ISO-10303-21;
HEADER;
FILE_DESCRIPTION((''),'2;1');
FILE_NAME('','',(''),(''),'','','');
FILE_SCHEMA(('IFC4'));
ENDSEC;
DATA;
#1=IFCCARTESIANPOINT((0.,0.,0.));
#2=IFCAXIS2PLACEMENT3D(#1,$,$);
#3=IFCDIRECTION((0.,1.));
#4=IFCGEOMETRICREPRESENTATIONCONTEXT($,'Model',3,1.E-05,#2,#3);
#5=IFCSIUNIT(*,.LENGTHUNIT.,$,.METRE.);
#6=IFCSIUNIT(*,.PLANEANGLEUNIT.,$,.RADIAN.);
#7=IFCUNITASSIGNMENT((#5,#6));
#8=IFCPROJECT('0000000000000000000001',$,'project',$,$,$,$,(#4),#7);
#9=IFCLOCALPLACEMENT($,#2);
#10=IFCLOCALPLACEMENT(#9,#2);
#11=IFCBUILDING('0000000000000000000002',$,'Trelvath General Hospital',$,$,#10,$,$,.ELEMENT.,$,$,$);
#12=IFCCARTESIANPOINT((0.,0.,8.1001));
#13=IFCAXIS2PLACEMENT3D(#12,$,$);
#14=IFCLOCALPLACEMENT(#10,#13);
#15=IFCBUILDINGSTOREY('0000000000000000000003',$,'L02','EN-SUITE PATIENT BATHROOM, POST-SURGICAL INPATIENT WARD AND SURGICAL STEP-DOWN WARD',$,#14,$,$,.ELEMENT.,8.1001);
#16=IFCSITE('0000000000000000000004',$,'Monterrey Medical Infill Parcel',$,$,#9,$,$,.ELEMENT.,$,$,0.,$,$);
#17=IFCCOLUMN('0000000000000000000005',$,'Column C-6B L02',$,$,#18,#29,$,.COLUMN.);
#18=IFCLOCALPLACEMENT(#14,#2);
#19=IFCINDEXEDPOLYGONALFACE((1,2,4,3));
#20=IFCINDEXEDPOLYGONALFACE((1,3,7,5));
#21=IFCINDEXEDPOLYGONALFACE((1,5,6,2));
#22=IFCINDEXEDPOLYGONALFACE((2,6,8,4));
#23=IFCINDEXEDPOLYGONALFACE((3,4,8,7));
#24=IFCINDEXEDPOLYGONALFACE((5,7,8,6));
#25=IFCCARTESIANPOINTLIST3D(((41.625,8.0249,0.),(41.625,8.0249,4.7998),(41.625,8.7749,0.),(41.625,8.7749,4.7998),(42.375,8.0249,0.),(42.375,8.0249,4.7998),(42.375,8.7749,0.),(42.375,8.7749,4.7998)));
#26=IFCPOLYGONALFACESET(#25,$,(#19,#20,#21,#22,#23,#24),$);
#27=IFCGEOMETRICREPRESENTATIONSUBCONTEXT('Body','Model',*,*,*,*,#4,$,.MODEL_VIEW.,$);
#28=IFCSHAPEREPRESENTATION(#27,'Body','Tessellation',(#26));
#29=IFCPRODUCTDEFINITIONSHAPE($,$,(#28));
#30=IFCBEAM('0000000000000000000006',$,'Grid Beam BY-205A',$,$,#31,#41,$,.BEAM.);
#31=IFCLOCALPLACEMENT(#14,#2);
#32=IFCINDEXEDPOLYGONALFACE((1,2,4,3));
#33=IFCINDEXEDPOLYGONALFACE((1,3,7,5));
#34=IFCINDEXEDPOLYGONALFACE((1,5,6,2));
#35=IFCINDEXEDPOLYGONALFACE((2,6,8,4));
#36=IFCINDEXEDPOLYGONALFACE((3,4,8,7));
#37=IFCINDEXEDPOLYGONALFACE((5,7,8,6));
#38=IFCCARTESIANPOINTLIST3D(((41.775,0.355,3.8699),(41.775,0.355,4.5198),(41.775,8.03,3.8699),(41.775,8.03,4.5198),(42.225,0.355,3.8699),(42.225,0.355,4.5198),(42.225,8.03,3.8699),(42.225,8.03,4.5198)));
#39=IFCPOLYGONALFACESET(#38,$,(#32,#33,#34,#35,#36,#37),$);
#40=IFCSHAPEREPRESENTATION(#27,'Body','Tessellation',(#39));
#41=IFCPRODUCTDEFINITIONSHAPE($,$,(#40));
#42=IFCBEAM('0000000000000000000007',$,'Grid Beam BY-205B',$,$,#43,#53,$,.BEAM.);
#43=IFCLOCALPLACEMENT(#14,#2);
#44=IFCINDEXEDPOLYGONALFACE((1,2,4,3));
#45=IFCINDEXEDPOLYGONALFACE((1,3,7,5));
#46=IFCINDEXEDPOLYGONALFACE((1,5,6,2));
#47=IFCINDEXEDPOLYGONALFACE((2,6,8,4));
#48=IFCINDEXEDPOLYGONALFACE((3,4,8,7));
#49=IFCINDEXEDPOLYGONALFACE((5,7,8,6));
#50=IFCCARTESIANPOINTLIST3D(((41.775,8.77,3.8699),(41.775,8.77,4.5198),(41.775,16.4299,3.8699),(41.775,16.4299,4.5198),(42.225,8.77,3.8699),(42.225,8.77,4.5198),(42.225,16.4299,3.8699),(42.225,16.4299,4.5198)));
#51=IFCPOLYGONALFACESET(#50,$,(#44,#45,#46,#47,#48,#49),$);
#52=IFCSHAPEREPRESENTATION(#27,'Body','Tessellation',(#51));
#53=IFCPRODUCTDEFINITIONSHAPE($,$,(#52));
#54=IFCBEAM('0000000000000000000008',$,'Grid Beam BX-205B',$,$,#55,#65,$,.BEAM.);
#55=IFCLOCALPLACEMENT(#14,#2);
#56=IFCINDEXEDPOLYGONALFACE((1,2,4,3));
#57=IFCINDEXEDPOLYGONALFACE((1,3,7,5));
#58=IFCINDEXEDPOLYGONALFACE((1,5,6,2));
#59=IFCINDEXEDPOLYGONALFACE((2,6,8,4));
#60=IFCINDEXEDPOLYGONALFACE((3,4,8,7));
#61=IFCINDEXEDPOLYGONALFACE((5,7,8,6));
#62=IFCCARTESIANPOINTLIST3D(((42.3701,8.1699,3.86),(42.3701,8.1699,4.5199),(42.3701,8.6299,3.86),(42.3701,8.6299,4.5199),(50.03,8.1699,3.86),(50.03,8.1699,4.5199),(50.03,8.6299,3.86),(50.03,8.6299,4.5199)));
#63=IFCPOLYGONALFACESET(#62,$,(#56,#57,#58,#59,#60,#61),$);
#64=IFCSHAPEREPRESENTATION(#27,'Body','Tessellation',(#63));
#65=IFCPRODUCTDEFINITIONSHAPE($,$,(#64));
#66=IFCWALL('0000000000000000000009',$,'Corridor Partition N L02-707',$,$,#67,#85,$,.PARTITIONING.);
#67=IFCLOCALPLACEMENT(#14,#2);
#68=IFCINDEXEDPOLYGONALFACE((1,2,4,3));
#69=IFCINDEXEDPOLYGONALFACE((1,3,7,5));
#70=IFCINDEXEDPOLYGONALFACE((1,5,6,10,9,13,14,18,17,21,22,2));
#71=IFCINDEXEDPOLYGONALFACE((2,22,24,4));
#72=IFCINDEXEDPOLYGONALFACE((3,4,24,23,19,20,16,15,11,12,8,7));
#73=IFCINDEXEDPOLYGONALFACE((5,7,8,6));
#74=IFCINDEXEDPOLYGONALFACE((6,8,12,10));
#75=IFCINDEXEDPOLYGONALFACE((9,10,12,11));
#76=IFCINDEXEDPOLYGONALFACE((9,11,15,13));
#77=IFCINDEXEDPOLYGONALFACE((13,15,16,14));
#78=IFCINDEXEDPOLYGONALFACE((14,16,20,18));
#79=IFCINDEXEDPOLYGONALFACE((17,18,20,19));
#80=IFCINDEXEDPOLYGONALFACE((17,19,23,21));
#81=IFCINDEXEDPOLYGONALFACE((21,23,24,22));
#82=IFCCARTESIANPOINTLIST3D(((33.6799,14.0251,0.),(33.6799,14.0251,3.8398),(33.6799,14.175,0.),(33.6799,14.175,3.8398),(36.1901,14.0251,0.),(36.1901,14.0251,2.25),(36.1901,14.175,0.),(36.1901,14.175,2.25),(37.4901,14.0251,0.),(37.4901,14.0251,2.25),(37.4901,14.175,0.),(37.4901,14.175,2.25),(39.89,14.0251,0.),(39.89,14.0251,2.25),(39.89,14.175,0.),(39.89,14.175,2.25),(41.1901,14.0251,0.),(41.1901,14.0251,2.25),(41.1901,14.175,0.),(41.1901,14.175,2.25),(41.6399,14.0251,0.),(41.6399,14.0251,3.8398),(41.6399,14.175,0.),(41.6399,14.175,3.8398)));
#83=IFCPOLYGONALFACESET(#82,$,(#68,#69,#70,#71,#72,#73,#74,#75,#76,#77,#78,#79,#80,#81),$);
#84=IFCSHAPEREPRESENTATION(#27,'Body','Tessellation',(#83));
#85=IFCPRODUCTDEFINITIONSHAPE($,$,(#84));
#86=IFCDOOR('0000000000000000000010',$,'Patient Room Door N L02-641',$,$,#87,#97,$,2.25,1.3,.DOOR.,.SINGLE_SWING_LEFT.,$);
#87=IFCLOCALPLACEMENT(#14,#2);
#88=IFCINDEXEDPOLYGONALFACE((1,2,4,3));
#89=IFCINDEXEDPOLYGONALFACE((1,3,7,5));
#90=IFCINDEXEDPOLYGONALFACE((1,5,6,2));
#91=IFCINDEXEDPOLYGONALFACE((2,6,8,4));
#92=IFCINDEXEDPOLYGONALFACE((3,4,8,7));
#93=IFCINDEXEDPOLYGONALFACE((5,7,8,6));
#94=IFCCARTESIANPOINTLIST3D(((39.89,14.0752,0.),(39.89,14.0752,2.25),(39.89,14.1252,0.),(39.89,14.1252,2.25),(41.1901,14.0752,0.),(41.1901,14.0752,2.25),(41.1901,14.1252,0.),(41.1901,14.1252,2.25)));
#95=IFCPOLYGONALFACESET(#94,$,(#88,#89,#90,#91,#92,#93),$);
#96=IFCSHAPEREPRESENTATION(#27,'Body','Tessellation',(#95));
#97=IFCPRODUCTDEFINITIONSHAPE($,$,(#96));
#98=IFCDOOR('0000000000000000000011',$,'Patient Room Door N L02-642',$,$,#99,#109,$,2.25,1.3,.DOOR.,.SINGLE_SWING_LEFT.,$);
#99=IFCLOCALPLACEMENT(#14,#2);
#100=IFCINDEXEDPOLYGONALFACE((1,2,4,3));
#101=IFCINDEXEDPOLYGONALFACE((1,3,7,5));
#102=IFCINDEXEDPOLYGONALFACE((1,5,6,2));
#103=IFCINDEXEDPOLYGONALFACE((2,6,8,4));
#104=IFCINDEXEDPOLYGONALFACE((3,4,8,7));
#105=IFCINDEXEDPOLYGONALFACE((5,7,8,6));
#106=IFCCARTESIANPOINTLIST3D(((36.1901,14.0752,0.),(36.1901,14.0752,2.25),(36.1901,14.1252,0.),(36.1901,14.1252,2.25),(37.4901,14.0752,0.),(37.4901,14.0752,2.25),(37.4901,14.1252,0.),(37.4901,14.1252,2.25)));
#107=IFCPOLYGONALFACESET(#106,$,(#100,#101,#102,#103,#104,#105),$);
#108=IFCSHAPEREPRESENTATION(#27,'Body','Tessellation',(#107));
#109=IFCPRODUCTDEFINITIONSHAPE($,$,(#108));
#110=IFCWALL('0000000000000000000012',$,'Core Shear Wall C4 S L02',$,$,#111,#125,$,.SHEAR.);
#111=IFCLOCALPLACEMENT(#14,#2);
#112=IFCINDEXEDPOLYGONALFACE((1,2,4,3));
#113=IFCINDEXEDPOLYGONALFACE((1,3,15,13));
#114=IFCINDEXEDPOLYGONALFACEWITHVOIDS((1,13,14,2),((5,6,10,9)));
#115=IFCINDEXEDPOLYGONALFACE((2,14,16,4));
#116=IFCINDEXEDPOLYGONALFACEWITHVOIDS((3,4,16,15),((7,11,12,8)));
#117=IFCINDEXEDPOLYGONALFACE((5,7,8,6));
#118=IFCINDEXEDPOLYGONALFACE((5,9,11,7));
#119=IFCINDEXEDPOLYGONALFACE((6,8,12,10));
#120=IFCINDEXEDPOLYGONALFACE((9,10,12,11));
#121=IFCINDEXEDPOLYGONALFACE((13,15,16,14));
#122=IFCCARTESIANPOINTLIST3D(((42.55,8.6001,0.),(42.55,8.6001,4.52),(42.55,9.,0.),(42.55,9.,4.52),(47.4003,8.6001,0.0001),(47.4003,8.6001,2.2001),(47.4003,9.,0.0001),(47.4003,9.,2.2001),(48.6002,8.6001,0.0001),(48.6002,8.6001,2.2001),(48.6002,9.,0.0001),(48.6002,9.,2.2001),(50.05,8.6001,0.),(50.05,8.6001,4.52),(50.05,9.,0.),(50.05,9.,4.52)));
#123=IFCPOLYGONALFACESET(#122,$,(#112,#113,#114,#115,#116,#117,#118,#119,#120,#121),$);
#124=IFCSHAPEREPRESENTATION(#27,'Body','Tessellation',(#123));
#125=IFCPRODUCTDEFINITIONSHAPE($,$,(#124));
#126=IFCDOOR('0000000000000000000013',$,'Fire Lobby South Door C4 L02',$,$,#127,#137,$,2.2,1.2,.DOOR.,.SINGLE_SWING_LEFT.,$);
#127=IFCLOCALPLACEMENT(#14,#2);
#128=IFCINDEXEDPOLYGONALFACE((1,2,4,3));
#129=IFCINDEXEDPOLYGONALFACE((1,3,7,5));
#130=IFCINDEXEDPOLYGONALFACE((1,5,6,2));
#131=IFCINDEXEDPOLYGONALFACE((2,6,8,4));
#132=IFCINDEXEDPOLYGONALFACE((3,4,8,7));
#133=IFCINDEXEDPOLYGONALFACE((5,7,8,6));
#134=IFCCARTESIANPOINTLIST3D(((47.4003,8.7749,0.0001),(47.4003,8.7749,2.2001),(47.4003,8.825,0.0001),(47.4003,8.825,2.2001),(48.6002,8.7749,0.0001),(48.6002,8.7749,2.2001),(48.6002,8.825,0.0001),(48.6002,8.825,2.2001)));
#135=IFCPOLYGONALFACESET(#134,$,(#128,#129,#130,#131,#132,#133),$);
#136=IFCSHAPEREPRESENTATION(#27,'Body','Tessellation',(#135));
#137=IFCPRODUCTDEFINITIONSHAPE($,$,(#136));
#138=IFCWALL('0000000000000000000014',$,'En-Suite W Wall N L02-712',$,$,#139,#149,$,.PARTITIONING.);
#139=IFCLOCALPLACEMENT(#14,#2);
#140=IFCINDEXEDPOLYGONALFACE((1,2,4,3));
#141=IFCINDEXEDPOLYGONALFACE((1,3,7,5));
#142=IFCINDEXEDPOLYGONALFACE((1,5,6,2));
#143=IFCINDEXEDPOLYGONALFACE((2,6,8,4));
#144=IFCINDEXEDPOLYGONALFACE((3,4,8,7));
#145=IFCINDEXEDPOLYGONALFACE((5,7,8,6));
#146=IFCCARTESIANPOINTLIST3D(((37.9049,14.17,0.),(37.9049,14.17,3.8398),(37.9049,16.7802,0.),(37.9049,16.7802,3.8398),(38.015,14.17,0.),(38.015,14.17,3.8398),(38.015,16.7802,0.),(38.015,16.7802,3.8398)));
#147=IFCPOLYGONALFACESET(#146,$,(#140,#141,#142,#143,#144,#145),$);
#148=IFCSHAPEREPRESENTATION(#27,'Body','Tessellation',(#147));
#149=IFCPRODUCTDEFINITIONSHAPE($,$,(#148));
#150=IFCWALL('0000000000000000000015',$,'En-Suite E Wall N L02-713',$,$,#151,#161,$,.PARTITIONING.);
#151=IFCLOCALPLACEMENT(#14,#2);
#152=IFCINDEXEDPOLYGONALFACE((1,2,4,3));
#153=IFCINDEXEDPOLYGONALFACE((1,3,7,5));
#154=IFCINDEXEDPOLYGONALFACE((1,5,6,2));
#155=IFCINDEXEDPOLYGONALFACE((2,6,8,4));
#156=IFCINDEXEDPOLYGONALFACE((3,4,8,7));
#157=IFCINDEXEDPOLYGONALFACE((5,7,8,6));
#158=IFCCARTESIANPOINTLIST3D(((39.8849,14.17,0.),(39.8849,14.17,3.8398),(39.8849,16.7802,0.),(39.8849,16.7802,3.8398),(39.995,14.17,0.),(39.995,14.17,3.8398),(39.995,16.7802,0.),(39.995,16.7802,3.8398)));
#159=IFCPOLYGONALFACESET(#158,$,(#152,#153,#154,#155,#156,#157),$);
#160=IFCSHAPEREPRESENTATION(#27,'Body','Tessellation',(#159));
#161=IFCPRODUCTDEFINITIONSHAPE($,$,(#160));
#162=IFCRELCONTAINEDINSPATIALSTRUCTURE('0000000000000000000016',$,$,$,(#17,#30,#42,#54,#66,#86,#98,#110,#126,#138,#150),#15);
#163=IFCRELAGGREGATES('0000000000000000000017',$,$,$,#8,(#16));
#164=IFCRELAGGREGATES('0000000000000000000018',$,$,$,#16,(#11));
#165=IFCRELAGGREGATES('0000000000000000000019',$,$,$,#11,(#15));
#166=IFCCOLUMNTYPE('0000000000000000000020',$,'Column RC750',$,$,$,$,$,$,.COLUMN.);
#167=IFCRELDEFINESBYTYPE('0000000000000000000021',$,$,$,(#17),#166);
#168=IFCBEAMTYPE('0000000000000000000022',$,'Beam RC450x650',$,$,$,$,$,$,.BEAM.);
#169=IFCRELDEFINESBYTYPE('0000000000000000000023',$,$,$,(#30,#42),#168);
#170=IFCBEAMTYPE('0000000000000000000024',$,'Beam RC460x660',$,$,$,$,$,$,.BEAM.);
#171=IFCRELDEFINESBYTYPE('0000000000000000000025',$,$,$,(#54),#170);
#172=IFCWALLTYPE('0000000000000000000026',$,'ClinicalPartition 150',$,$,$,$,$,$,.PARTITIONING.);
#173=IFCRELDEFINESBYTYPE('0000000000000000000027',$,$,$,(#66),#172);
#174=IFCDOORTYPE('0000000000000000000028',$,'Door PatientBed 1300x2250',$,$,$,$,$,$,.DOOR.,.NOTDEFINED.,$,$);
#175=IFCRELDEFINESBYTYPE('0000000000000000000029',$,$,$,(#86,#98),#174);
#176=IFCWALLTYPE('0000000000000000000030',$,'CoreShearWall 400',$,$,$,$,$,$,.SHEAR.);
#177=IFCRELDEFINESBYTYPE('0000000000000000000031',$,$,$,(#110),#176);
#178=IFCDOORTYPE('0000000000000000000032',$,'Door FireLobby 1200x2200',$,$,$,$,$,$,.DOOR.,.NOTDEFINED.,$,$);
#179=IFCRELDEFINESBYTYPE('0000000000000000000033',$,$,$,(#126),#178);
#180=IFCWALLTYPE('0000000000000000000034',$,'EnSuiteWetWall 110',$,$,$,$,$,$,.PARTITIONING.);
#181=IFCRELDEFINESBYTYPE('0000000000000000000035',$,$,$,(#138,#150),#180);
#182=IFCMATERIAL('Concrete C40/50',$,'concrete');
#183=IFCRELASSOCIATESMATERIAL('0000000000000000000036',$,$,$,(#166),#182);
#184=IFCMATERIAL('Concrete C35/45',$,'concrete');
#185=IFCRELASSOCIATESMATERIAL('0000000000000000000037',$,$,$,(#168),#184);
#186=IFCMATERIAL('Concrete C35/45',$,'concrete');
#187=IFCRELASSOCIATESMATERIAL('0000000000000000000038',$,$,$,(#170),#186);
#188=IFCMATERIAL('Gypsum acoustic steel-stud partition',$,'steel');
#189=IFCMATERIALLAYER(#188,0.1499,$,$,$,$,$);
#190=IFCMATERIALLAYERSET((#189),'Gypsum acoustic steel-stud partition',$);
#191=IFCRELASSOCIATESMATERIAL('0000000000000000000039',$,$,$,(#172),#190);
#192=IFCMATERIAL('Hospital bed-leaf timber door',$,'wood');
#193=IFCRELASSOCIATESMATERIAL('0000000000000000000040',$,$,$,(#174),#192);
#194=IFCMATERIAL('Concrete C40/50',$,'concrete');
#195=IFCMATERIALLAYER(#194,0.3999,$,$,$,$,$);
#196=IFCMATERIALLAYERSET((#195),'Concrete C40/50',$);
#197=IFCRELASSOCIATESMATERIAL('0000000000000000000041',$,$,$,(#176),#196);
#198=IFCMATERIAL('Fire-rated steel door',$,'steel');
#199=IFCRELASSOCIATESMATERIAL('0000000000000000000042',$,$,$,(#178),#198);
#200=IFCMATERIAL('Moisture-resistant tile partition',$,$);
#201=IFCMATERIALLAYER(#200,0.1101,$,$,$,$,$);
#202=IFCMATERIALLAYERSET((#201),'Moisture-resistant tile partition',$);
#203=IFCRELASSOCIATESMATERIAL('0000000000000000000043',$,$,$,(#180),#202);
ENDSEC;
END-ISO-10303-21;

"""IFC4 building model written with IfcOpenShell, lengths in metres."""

from ifc_helpers import new_model, si_unit, direction, frame, frame_2d, origin, origin_2d, place, context, subcontext, project, spatial, rectangle, extrude, material, layer, layer_set, material_profile, profile_set, type_object, element, fill, save


model = new_model("IFC4")

# Units and contexts
model_context = context("Model", 3, precision=1e-05, world=origin(), true_north=direction((0.0, 1.0)))
body_context = subcontext(model_context, "Body", "Model", "MODEL_VIEW")
ifc_project = project(units=[si_unit("LENGTHUNIT", "METRE"), si_unit("PLANEANGLEUNIT", "RADIAN")], contexts=[model_context])

# Site, building, storey
site_placement = place(None, origin())
site = spatial("IfcSite", under=ifc_project, at=site_placement, Name="Monterrey Medical Infill Parcel", CompositionType="ELEMENT", RefElevation=0.0)
building_placement = place(site_placement, origin())
building = spatial("IfcBuilding", under=site, at=building_placement, Name="Trelvath General Hospital", CompositionType="ELEMENT")
storey_placement = place(building_placement, frame((0.0, 0.0, 8.1001)))
storey = spatial("IfcBuildingStorey", under=building, at=storey_placement, Name="L02", Description="EN-SUITE PATIENT BATHROOM, POST-SURGICAL INPATIENT WARD AND SURGICAL STEP-DOWN WARD", CompositionType="ELEMENT", Elevation=8.1001)

# Column
ifc_material_1 = material(Name="Concrete C40/50", Category="concrete")
ifc_material_profile_1 = material_profile(ifc_material_1, rectangle(XDim=0.75, YDim=0.75, at=origin_2d()), Name="RC750x750")
ifc_profile_set_1 = profile_set([ifc_material_profile_1], Name="Concrete C40/50")
column_type = type_object("IfcColumnType", Name="Column RC750", PredefinedType="COLUMN", material=ifc_profile_set_1)
column_placement = place(storey_placement, frame((42.0, 8.3999, 0.0), z_axis=(0.0, 0.0, 1.0), x_axis=(1.0, 0.0, 0.0)))
element("IfcColumn", 1, at=column_placement, inside=storey, type_object=column_type, Name="Column C-6B L02", PredefinedType="COLUMN", context=body_context, shape_type="SweptSolid", body=[
    extrude(rectangle(XDim=0.75, YDim=0.75, at=origin_2d()), origin(), (0.0, 0.0, 1.0), 4.7998),
])

# Beams
ifc_material_2 = material(Name="Concrete C35/45", Category="concrete")
ifc_material_profile_2 = material_profile(ifc_material_2, rectangle(XDim=0.45, YDim=0.6499, at=origin_2d()), Name="RCB450x650")
ifc_profile_set_2 = profile_set([ifc_material_profile_2], Name="Concrete C35/45")
beam_type_1 = type_object("IfcBeamType", Name="Beam RC450x650", PredefinedType="BEAM", material=ifc_profile_set_2)
beam_1_placement = place(storey_placement, frame((42.0, 0.355, 4.1948), z_axis=(0.0, 1.0, 0.0), x_axis=(-1.0, 0.0, 0.0)))
element("IfcBeam", 2, at=beam_1_placement, inside=storey, type_object=beam_type_1, Name="Grid Beam BY-205A", PredefinedType="BEAM", context=body_context, shape_type="SweptSolid", body=[
    extrude(rectangle(XDim=0.45, YDim=0.6499, at=origin_2d()), origin(), (0.0, 0.0, 1.0), 7.675),
])
beam_2_placement = place(storey_placement, frame((42.0, 8.77, 4.1948), z_axis=(0.0, 1.0, 0.0), x_axis=(-1.0, 0.0, 0.0)))
element("IfcBeam", 3, at=beam_2_placement, inside=storey, type_object=beam_type_1, Name="Grid Beam BY-205B", PredefinedType="BEAM", context=body_context, shape_type="SweptSolid", body=[
    extrude(rectangle(XDim=0.45, YDim=0.6499, at=origin_2d()), origin(), (0.0, 0.0, 1.0), 7.6599),
])
ifc_material_3 = material(Name="Concrete C35/45", Category="concrete")
ifc_material_profile_3 = material_profile(ifc_material_3, rectangle(XDim=0.46, YDim=0.6599, at=origin_2d()), Name="RCB460x660")
ifc_profile_set_3 = profile_set([ifc_material_profile_3], Name="Concrete C35/45")
beam_type_2 = type_object("IfcBeamType", Name="Beam RC460x660", PredefinedType="BEAM", material=ifc_profile_set_3)
beam_3_placement = place(storey_placement, frame((42.3701, 8.3999, 4.1899), z_axis=(1.0, 0.0, 0.0), x_axis=(0.0, 1.0, 0.0)))
element("IfcBeam", 4, at=beam_3_placement, inside=storey, type_object=beam_type_2, Name="Grid Beam BX-205B", PredefinedType="BEAM", context=body_context, shape_type="SweptSolid", body=[
    extrude(rectangle(XDim=0.46, YDim=0.6599, at=origin_2d()), origin(), (0.0, 0.0, 1.0), 7.6599),
])

# Shared definitions
ifc_material_4 = material(Name="Gypsum acoustic steel-stud partition", Category="steel")
ifc_layer_1 = layer(ifc_material_4, 0.1499)
ifc_layer_set_1 = layer_set([ifc_layer_1], Name="Gypsum acoustic steel-stud partition")
wall_type_1 = type_object("IfcWallType", Name="ClinicalPartition 150", PredefinedType="PARTITIONING", material=ifc_layer_set_1)

# Wall, openings, doors
wall_1_placement = place(storey_placement, frame((41.6399, 14.1001, 0.0), z_axis=(0.0, 0.0, 1.0), x_axis=(-1.0, 0.0, 0.0)))
wall_1 = element("IfcWall", 5, at=wall_1_placement, inside=storey, type_object=wall_type_1, Name="Corridor Partition N L02-707", PredefinedType="PARTITIONING", context=body_context, shape_type="SweptSolid", body=[
    extrude(rectangle(XDim=7.96, YDim=0.1499, at=frame_2d((3.98, 0.0))), origin(), (0.0, 0.0, 1.0), 3.8398),
])
opening_1_placement = place(wall_1_placement, frame((0.45, 0.0, 0.0)))
opening_1 = element("IfcOpeningElement", 6, at=opening_1_placement, cuts=wall_1, PredefinedType="OPENING", context=body_context, shape_type="SweptSolid", body=[
    extrude(rectangle(XDim=1.3, YDim=2.25, at=frame_2d((0.6499, 1.125))), frame((0.0, 0.085, 0.0), z_axis=(0.0, -1.0, 0.0), x_axis=(1.0, 0.0, 0.0)), (0.0, 0.0, 1.0), 0.1699),
])
opening_2_placement = place(wall_1_placement, frame((4.1499, 0.0, 0.0)))
opening_2 = element("IfcOpeningElement", 7, at=opening_2_placement, cuts=wall_1, PredefinedType="OPENING", context=body_context, shape_type="SweptSolid", body=[
    extrude(rectangle(XDim=1.3, YDim=2.25, at=frame_2d((0.6499, 1.125))), frame((0.0, 0.085, 0.0), z_axis=(0.0, -1.0, 0.0), x_axis=(1.0, 0.0, 0.0)), (0.0, 0.0, 1.0), 0.1699),
])
ifc_material_5 = material(Name="Hospital bed-leaf timber door", Category="wood")
door_type_1 = type_object("IfcDoorType", Name="Door PatientBed 1300x2250", OperationType="NOTDEFINED", PredefinedType="DOOR", material=ifc_material_5)
door_1_placement = place(opening_1_placement, origin())
door_1 = element("IfcDoor", 8, at=door_1_placement, inside=storey, type_object=door_type_1, Name="Patient Room Door N L02-641", OperationType="SINGLE_SWING_LEFT", OverallHeight=2.25, OverallWidth=1.3, PredefinedType="DOOR", context=body_context, shape_type="SweptSolid", body=[
    extrude(rectangle(XDim=1.3, YDim=2.25, at=frame_2d((0.6499, 1.125))), frame((0.0, 0.0249, 0.0), z_axis=(0.0, -1.0, 0.0), x_axis=(1.0, 0.0, 0.0)), (0.0, 0.0, 1.0), 0.05),
])
fill(opening_1, door_1)
door_2_placement = place(opening_2_placement, origin())
door_2 = element("IfcDoor", 9, at=door_2_placement, inside=storey, type_object=door_type_1, Name="Patient Room Door N L02-642", OperationType="SINGLE_SWING_LEFT", OverallHeight=2.25, OverallWidth=1.3, PredefinedType="DOOR", context=body_context, shape_type="SweptSolid", body=[
    extrude(rectangle(XDim=1.3, YDim=2.25, at=frame_2d((0.6499, 1.125))), frame((0.0, 0.0249, 0.0), z_axis=(0.0, -1.0, 0.0), x_axis=(1.0, 0.0, 0.0)), (0.0, 0.0, 1.0), 0.05),
])
fill(opening_2, door_2)

# Wall, opening, door
ifc_material_6 = material(Name="Concrete C40/50", Category="concrete")
ifc_layer_2 = layer(ifc_material_6, 0.3999)
ifc_layer_set_2 = layer_set([ifc_layer_2], Name="Concrete C40/50")
wall_type_2 = type_object("IfcWallType", Name="CoreShearWall 400", PredefinedType="SHEAR", material=ifc_layer_set_2)
wall_2_placement = place(storey_placement, frame((42.55, 8.8, 0.0), z_axis=(0.0, 0.0, 1.0), x_axis=(1.0, 0.0, 0.0)))
wall_2 = element("IfcWall", 10, at=wall_2_placement, inside=storey, type_object=wall_type_2, Name="Core Shear Wall C4 S L02", PredefinedType="SHEAR", context=body_context, shape_type="SweptSolid", body=[
    extrude(rectangle(XDim=7.5, YDim=0.3999, at=frame_2d((3.75, 0.0))), origin(), (0.0, 0.0, 1.0), 4.52),
])
opening_3_placement = place(wall_2_placement, frame((4.8501, 0.0, 0.0)))
opening_3 = element("IfcOpeningElement", 11, at=opening_3_placement, cuts=wall_2, PredefinedType="OPENING", context=body_context, shape_type="SweptSolid", body=[
    extrude(rectangle(XDim=1.2, YDim=2.2, at=frame_2d((0.6001, 1.1001))), frame((0.0, 0.21, 0.0), z_axis=(0.0, -1.0, 0.0), x_axis=(1.0, 0.0, 0.0)), (0.0, 0.0, 1.0), 0.4199),
])
ifc_material_7 = material(Name="Fire-rated steel door", Category="steel")
door_type_2 = type_object("IfcDoorType", Name="Door FireLobby 1200x2200", OperationType="NOTDEFINED", PredefinedType="DOOR", material=ifc_material_7)
door_3_placement = place(opening_3_placement, origin())
door_3 = element("IfcDoor", 12, at=door_3_placement, inside=storey, type_object=door_type_2, Name="Fire Lobby South Door C4 L02", OperationType="SINGLE_SWING_LEFT", OverallHeight=2.2, OverallWidth=1.2, PredefinedType="DOOR", context=body_context, shape_type="SweptSolid", body=[
    extrude(rectangle(XDim=1.2, YDim=2.2, at=frame_2d((0.6001, 1.1001))), frame((0.0, 0.0249, 0.0), z_axis=(0.0, -1.0, 0.0), x_axis=(1.0, 0.0, 0.0)), (0.0, 0.0, 1.0), 0.05),
])
fill(opening_3, door_3)

# Walls
ifc_material_8 = material(Name="Moisture-resistant tile partition")
ifc_layer_3 = layer(ifc_material_8, 0.1101)
ifc_layer_set_3 = layer_set([ifc_layer_3], Name="Moisture-resistant tile partition")
wall_type_3 = type_object("IfcWallType", Name="EnSuiteWetWall 110", PredefinedType="PARTITIONING", material=ifc_layer_set_3)
for number, where, z_axis, x_axis, name in (
    (13, (37.96, 14.1699, 0.0), (0.0, 0.0, 1.0), (0.0, 1.0, 0.0), "En-Suite W Wall N L02-712"),
    (14, (39.9399, 14.1699, 0.0), (0.0, 0.0, 1.0), (0.0, 1.0, 0.0), "En-Suite E Wall N L02-713"),
):
    element("IfcWall", number, at=place(storey_placement, frame(where, z_axis=z_axis, x_axis=x_axis)), inside=storey, type_object=wall_type_3, Name=name, PredefinedType="PARTITIONING", context=body_context, shape_type="SweptSolid", body=[
        extrude(rectangle(XDim=2.6101, YDim=0.1101, at=frame_2d((1.3052, 0.0))), origin(), (0.0, 0.0, 1.0), 3.8398),
    ])

save(model, "model.ifc")
